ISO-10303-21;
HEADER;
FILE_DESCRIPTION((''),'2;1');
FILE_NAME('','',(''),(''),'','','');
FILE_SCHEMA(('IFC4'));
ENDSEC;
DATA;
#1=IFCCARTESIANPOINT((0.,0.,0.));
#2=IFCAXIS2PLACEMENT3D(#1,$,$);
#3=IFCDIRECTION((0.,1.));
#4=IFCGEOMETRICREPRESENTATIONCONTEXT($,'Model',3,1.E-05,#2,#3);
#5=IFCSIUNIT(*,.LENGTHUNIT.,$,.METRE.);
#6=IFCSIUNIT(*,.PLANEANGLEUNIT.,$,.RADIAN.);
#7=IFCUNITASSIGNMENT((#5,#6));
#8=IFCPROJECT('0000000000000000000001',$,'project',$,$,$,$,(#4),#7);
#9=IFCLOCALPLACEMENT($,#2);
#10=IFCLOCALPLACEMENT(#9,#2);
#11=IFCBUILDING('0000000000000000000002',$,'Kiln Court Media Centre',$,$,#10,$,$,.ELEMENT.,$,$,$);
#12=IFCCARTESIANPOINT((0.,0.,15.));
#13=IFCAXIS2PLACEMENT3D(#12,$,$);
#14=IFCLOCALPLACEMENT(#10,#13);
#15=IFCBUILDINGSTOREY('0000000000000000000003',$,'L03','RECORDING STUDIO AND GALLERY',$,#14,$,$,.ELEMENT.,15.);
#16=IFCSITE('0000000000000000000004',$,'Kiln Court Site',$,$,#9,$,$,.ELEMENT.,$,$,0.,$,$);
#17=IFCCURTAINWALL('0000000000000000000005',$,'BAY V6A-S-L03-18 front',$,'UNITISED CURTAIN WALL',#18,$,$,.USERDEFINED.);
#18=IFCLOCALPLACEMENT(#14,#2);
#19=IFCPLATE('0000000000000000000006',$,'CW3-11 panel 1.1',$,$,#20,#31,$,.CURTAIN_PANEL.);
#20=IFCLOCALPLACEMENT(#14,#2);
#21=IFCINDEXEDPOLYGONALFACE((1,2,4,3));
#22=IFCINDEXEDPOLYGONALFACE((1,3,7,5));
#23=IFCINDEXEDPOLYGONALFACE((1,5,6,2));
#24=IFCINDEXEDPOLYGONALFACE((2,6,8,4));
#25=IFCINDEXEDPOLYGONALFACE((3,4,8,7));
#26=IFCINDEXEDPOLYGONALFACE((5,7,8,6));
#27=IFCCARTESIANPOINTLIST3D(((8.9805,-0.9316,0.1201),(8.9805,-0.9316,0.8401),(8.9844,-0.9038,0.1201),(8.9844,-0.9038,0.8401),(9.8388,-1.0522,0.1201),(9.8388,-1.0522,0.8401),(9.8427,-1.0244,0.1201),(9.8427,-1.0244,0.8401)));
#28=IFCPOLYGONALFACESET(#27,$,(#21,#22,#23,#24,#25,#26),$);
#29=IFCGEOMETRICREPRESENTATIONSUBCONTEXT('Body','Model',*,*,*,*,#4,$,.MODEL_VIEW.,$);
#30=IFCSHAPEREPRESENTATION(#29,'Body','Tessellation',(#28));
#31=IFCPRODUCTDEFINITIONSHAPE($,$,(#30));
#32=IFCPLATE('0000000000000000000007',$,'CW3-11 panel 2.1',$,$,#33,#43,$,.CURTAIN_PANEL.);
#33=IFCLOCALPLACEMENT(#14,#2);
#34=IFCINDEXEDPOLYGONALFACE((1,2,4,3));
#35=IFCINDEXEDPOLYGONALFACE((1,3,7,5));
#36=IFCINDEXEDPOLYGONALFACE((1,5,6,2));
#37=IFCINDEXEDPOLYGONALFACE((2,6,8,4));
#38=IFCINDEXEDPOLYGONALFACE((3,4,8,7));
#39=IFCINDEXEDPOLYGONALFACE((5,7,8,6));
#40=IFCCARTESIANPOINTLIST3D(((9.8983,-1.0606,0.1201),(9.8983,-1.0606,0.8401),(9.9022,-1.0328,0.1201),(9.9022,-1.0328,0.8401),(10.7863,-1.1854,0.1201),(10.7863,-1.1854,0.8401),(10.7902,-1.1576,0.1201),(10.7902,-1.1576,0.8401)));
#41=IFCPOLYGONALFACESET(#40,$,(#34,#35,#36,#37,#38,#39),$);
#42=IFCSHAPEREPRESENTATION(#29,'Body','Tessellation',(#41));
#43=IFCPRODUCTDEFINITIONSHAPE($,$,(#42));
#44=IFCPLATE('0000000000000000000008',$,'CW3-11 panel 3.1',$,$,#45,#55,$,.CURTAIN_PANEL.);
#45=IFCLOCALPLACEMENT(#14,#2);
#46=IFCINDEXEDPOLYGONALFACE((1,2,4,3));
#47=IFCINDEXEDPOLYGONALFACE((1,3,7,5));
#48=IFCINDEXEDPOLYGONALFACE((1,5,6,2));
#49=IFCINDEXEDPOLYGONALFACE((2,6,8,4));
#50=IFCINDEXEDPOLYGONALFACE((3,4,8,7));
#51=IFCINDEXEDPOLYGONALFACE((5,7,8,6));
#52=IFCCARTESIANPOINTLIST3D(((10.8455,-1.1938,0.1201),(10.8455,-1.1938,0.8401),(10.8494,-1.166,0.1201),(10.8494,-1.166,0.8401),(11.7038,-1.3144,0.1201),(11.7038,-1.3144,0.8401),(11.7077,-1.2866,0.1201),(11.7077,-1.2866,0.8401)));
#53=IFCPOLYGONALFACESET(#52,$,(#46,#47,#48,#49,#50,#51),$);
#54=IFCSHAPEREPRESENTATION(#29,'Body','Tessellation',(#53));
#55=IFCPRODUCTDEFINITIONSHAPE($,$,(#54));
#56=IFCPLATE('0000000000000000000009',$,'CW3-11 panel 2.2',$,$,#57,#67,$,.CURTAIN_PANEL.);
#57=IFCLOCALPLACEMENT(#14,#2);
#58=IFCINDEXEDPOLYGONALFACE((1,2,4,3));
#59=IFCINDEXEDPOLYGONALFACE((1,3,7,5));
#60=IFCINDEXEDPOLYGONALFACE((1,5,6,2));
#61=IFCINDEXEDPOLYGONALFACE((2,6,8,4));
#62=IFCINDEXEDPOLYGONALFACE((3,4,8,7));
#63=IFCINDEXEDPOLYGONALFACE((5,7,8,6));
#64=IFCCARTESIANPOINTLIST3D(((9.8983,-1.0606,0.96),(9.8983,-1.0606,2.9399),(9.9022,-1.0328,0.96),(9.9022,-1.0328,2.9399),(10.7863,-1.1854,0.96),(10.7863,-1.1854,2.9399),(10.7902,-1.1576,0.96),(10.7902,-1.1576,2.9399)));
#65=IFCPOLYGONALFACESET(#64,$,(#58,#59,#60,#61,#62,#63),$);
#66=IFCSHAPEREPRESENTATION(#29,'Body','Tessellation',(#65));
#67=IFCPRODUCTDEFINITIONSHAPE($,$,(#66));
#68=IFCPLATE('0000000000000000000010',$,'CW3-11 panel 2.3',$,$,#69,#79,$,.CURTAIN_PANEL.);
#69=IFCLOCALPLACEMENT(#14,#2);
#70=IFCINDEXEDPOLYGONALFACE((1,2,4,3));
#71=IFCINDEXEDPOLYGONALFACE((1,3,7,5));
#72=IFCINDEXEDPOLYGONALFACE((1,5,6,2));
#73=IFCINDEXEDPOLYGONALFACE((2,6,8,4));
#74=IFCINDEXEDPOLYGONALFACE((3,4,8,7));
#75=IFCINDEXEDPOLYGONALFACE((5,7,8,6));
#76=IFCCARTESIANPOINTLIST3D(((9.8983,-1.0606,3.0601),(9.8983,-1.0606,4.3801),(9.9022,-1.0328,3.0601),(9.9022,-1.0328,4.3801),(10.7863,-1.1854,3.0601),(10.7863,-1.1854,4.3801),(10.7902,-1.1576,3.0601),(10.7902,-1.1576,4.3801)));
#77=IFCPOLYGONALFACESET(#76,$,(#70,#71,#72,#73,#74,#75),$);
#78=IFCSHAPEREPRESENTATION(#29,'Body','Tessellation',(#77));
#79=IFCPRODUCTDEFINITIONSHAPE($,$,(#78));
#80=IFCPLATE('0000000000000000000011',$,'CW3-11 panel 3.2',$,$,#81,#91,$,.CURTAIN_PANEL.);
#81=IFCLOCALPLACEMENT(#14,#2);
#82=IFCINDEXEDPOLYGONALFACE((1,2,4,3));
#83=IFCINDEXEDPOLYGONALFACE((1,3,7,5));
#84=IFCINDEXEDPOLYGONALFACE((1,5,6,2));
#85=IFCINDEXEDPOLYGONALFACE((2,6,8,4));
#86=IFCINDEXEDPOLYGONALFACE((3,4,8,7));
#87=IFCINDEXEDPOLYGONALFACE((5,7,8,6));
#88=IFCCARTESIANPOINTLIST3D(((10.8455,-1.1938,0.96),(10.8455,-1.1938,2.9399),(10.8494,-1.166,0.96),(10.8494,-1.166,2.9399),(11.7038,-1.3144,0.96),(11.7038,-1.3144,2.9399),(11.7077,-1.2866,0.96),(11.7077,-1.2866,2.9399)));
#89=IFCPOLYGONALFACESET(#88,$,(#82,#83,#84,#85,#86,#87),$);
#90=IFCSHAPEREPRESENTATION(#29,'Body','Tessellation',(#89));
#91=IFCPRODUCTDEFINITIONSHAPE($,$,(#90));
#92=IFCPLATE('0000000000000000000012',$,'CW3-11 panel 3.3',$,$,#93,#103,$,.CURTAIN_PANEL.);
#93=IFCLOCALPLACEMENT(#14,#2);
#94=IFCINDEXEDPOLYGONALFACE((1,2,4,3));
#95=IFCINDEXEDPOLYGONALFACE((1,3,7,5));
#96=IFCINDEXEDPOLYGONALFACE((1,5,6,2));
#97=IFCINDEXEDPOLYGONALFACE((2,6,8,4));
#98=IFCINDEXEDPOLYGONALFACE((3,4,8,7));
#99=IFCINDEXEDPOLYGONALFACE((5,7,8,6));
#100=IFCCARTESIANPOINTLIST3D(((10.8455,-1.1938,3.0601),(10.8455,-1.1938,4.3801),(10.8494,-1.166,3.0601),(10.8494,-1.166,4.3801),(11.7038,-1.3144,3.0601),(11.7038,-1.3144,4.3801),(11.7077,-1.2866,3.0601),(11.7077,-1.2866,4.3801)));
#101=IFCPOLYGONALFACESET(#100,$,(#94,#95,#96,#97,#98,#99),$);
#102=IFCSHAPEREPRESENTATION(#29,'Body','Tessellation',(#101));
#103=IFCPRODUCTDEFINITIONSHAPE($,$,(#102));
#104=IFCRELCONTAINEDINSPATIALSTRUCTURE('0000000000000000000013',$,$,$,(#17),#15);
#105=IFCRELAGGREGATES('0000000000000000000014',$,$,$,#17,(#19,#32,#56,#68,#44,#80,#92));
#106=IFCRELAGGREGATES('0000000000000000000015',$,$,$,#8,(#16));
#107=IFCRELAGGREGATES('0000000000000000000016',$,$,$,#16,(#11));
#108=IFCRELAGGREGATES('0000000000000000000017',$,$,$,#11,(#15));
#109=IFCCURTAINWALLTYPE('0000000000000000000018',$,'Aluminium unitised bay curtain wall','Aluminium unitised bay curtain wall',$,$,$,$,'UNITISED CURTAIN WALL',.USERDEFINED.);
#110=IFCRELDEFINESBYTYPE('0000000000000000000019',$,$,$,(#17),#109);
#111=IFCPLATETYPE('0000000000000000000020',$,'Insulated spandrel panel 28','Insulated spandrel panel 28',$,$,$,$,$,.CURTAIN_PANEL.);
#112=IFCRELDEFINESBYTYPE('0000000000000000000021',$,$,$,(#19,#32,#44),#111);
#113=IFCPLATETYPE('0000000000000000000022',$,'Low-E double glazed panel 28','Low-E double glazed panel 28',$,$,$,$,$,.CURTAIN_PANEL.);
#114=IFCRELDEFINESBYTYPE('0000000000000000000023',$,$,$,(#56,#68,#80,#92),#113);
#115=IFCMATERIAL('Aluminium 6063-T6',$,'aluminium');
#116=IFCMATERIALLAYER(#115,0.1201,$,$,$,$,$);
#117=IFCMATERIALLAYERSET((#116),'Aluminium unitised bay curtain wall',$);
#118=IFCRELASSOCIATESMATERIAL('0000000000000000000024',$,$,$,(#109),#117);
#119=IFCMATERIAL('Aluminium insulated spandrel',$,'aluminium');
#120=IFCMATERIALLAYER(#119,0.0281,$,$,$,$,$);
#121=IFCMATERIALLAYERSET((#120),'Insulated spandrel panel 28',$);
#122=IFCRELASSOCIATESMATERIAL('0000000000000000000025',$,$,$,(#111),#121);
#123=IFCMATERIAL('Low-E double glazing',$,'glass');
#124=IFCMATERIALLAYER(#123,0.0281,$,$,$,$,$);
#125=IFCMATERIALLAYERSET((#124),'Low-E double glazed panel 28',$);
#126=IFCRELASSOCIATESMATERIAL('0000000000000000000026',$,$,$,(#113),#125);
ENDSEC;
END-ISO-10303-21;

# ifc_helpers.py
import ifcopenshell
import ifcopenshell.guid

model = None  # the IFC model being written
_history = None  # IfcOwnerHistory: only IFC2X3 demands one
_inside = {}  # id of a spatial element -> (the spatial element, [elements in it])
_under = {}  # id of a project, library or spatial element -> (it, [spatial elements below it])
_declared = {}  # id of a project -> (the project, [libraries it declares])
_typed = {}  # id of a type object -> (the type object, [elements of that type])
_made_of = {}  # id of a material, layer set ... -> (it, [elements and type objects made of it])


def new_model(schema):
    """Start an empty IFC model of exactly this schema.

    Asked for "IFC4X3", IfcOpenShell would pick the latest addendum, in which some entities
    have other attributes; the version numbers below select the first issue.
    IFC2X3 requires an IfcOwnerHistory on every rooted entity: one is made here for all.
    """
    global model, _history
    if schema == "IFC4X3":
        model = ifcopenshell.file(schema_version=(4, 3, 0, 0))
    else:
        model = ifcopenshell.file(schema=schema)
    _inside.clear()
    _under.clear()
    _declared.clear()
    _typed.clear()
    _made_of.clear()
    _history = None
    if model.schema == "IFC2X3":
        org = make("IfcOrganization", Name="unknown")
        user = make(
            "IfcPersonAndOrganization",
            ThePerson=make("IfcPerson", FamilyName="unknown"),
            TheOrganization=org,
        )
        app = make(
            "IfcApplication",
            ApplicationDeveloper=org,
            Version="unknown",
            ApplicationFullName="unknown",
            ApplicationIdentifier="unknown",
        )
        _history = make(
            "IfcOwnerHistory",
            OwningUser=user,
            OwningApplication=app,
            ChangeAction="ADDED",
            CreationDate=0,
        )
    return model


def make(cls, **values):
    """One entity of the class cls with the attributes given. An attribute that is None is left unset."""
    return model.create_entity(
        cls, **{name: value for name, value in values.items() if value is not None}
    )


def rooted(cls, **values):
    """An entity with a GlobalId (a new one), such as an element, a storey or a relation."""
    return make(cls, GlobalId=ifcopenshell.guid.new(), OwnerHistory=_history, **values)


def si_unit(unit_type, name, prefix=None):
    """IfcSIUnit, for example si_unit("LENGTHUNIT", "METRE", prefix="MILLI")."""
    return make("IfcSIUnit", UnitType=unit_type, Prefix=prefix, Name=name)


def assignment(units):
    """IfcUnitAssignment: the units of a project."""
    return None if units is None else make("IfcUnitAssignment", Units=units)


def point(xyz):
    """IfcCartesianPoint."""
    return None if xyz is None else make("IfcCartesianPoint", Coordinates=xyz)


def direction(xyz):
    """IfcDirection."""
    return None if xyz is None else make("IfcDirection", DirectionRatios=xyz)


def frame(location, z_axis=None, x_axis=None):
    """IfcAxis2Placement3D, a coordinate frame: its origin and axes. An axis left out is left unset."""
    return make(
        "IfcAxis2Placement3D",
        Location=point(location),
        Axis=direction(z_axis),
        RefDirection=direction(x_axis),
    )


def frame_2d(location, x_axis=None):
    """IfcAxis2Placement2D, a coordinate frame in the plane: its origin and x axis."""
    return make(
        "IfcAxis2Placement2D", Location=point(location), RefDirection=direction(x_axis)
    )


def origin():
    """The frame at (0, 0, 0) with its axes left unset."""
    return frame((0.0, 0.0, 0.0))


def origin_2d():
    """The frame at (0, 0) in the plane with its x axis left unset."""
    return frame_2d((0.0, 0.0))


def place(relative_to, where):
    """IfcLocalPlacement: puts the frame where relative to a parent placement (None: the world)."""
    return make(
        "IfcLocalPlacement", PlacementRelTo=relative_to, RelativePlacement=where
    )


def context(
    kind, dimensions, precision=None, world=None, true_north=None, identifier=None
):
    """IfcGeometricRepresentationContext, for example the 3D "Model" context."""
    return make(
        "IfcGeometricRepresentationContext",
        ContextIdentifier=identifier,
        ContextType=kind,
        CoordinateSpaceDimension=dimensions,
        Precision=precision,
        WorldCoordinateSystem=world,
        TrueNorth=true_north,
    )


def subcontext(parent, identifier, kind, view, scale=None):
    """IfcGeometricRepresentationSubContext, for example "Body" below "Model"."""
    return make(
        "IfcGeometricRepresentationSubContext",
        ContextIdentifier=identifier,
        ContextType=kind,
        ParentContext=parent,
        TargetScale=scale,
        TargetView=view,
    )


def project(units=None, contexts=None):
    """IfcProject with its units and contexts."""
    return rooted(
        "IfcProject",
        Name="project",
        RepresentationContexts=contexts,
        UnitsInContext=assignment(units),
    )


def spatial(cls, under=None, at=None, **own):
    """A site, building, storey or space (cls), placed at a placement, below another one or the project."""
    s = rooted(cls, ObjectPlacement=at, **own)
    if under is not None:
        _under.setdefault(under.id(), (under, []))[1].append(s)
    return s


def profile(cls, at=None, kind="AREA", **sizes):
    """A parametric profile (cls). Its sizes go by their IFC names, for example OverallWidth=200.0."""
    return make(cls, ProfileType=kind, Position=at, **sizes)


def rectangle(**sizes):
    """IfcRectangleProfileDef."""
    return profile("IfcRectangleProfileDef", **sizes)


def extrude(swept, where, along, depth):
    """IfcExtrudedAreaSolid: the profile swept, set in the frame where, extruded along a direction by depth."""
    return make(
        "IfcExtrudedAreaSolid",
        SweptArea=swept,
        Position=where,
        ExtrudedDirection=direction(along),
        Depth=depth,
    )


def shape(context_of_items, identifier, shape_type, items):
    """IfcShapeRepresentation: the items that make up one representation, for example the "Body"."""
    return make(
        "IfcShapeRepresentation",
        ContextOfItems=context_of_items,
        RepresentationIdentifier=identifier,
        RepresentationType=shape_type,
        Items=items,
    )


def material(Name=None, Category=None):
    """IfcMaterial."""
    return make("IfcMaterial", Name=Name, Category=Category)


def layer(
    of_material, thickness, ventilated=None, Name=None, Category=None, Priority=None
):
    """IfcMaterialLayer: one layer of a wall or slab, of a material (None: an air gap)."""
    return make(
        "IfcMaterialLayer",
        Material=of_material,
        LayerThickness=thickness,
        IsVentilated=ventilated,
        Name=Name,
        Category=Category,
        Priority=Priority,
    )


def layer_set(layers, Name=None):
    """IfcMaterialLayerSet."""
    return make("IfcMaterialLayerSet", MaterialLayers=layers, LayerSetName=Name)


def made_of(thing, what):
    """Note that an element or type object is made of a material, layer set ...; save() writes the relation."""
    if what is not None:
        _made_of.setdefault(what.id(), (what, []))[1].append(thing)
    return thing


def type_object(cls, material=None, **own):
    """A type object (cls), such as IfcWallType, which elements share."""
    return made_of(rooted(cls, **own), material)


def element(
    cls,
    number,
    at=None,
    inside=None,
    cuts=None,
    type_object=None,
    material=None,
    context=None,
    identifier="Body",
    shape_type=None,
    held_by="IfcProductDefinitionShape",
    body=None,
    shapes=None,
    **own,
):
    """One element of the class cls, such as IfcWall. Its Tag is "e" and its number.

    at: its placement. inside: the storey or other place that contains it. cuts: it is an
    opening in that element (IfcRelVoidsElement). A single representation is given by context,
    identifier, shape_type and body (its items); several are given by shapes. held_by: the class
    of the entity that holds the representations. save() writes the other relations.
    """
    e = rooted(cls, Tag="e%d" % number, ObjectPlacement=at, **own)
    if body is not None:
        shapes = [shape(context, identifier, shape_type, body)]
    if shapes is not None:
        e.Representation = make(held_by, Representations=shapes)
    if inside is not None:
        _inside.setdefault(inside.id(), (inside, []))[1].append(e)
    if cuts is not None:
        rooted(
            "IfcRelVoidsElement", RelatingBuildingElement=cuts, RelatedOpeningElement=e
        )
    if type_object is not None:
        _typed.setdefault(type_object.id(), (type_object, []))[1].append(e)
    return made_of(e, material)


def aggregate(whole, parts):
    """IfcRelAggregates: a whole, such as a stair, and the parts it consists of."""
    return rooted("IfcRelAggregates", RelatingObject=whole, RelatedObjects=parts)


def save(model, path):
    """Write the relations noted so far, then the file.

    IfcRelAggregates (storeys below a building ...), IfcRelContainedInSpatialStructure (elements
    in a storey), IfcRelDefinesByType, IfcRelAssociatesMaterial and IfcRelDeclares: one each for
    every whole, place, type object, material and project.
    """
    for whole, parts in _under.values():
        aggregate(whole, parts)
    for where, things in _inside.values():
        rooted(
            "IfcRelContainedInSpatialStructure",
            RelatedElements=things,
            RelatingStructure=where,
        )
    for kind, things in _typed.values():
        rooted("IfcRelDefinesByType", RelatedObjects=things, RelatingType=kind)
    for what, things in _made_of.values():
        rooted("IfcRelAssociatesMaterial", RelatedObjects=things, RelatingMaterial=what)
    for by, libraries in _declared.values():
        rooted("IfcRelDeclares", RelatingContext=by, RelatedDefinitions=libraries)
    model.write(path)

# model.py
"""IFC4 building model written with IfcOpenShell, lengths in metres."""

from ifc_helpers import new_model, si_unit, direction, frame, origin, origin_2d, place, context, subcontext, project, spatial, rectangle, extrude, material, layer, layer_set, type_object, element, aggregate, save


model = new_model("IFC4")

# Units and contexts
model_context = context("Model", 3, precision=1e-05, world=origin(), true_north=direction((0.0, 1.0)))
body_context = subcontext(model_context, "Body", "Model", "MODEL_VIEW")
ifc_project = project(units=[si_unit("LENGTHUNIT", "METRE"), si_unit("PLANEANGLEUNIT", "RADIAN")], contexts=[model_context])

# Site, building, storey
site_placement = place(None, origin())
site = spatial("IfcSite", under=ifc_project, at=site_placement, Name="Kiln Court Site", CompositionType="ELEMENT", RefElevation=0.0)
building_placement = place(site_placement, origin())
building = spatial("IfcBuilding", under=site, at=building_placement, Name="Kiln Court Media Centre", CompositionType="ELEMENT")
storey_placement = place(building_placement, frame((0.0, 0.0, 15.0)))
storey = spatial("IfcBuildingStorey", under=building, at=storey_placement, Name="L03", Description="RECORDING STUDIO AND GALLERY", CompositionType="ELEMENT", Elevation=15.0)

# Curtain wall
ifc_material_1 = material(Name="Aluminium 6063-T6", Category="aluminium")
ifc_layer_1 = layer(ifc_material_1, 0.1201)
ifc_layer_set_1 = layer_set([ifc_layer_1], Name="Aluminium unitised bay curtain wall")
curtain_wall_type = type_object("IfcCurtainWallType", Name="Aluminium unitised bay curtain wall", Description="Aluminium unitised bay curtain wall", ElementType="UNITISED CURTAIN WALL", PredefinedType="USERDEFINED", material=ifc_layer_set_1)
curtain_wall_1_placement = place(storey_placement, origin())
curtain_wall_1 = element("IfcCurtainWall", 1, at=curtain_wall_1_placement, inside=storey, type_object=curtain_wall_type, Name="BAY V6A-S-L03-18 front", ObjectType="UNITISED CURTAIN WALL", PredefinedType="USERDEFINED")

# Plates
ifc_material_2 = material(Name="Aluminium insulated spandrel", Category="aluminium")
ifc_layer_2 = layer(ifc_material_2, 0.0281)
ifc_layer_set_2 = layer_set([ifc_layer_2], Name="Insulated spandrel panel 28")
plate_type_1 = type_object("IfcPlateType", Name="Insulated spandrel panel 28", Description="Insulated spandrel panel 28", PredefinedType="CURTAIN_PANEL", material=ifc_layer_set_2)
plate_1_placement = place(storey_placement, frame((9.4116, -0.978, 0.1201), z_axis=(0.0, 0.0, 1.0), x_axis=(0.99027, -0.139162, 0.0)))
plate_1 = element("IfcPlate", 2, at=plate_1_placement, type_object=plate_type_1, Name="CW3-11 panel 1.1", PredefinedType="CURTAIN_PANEL", context=body_context, shape_type="SweptSolid", body=[
    extrude(rectangle(XDim=0.8667, YDim=0.0281, at=origin_2d()), origin(), (0.0, 0.0, 1.0), 0.72),
])
plate_2_placement = place(storey_placement, frame((10.3442, -1.1091, 0.1201), z_axis=(0.0, 0.0, 1.0), x_axis=(0.99027, -0.139162, 0.0)))
plate_2 = element("IfcPlate", 3, at=plate_2_placement, type_object=plate_type_1, Name="CW3-11 panel 2.1", PredefinedType="CURTAIN_PANEL", context=body_context, shape_type="SweptSolid", body=[
    extrude(rectangle(XDim=0.8967, YDim=0.0281, at=origin_2d()), origin(), (0.0, 0.0, 1.0), 0.72),
])
plate_3_placement = place(storey_placement, frame((11.2766, -1.2402, 0.1201), z_axis=(0.0, 0.0, 1.0), x_axis=(0.99027, -0.139162, 0.0)))
plate_3 = element("IfcPlate", 4, at=plate_3_placement, type_object=plate_type_1, Name="CW3-11 panel 3.1", PredefinedType="CURTAIN_PANEL", context=body_context, shape_type="SweptSolid", body=[
    extrude(rectangle(XDim=0.8667, YDim=0.0281, at=origin_2d()), origin(), (0.0, 0.0, 1.0), 0.72),
])
ifc_material_3 = material(Name="Low-E double glazing", Category="glass")
ifc_layer_3 = layer(ifc_material_3, 0.0281)
ifc_layer_set_3 = layer_set([ifc_layer_3], Name="Low-E double glazed panel 28")
plate_type_2 = type_object("IfcPlateType", Name="Low-E double glazed panel 28", Description="Low-E double glazed panel 28", PredefinedType="CURTAIN_PANEL", material=ifc_layer_set_3)
plate_4_placement = place(storey_placement, frame((10.3442, -1.1091, 0.96), z_axis=(0.0, 0.0, 1.0), x_axis=(0.99027, -0.139162, 0.0)))
plate_4 = element("IfcPlate", 5, at=plate_4_placement, type_object=plate_type_2, Name="CW3-11 panel 2.2", PredefinedType="CURTAIN_PANEL", context=body_context, shape_type="SweptSolid", body=[
    extrude(rectangle(XDim=0.8967, YDim=0.0281, at=origin_2d()), origin(), (0.0, 0.0, 1.0), 1.98),
])
plate_5_placement = place(storey_placement, frame((10.3442, -1.1091, 3.0601), z_axis=(0.0, 0.0, 1.0), x_axis=(0.99027, -0.139162, 0.0)))
plate_5 = element("IfcPlate", 6, at=plate_5_placement, type_object=plate_type_2, Name="CW3-11 panel 2.3", PredefinedType="CURTAIN_PANEL", context=body_context, shape_type="SweptSolid", body=[
    extrude(rectangle(XDim=0.8967, YDim=0.0281, at=origin_2d()), origin(), (0.0, 0.0, 1.0), 1.3201),
])
plate_6_placement = place(storey_placement, frame((11.2766, -1.2402, 0.96), z_axis=(0.0, 0.0, 1.0), x_axis=(0.99027, -0.139162, 0.0)))
plate_6 = element("IfcPlate", 7, at=plate_6_placement, type_object=plate_type_2, Name="CW3-11 panel 3.2", PredefinedType="CURTAIN_PANEL", context=body_context, shape_type="SweptSolid", body=[
    extrude(rectangle(XDim=0.8667, YDim=0.0281, at=origin_2d()), origin(), (0.0, 0.0, 1.0), 1.98),
])
plate_7_placement = place(storey_placement, frame((11.2766, -1.2402, 3.0601), z_axis=(0.0, 0.0, 1.0), x_axis=(0.99027, -0.139162, 0.0)))
plate_7 = element("IfcPlate", 8, at=plate_7_placement, type_object=plate_type_2, Name="CW3-11 panel 3.3", PredefinedType="CURTAIN_PANEL", context=body_context, shape_type="SweptSolid", body=[
    extrude(rectangle(XDim=0.8667, YDim=0.0281, at=origin_2d()), origin(), (0.0, 0.0, 1.0), 1.3201),
])
aggregate(curtain_wall_1, [plate_1, plate_2, plate_4, plate_5, plate_3, plate_6, plate_7])

save(model, "model.ifc")
